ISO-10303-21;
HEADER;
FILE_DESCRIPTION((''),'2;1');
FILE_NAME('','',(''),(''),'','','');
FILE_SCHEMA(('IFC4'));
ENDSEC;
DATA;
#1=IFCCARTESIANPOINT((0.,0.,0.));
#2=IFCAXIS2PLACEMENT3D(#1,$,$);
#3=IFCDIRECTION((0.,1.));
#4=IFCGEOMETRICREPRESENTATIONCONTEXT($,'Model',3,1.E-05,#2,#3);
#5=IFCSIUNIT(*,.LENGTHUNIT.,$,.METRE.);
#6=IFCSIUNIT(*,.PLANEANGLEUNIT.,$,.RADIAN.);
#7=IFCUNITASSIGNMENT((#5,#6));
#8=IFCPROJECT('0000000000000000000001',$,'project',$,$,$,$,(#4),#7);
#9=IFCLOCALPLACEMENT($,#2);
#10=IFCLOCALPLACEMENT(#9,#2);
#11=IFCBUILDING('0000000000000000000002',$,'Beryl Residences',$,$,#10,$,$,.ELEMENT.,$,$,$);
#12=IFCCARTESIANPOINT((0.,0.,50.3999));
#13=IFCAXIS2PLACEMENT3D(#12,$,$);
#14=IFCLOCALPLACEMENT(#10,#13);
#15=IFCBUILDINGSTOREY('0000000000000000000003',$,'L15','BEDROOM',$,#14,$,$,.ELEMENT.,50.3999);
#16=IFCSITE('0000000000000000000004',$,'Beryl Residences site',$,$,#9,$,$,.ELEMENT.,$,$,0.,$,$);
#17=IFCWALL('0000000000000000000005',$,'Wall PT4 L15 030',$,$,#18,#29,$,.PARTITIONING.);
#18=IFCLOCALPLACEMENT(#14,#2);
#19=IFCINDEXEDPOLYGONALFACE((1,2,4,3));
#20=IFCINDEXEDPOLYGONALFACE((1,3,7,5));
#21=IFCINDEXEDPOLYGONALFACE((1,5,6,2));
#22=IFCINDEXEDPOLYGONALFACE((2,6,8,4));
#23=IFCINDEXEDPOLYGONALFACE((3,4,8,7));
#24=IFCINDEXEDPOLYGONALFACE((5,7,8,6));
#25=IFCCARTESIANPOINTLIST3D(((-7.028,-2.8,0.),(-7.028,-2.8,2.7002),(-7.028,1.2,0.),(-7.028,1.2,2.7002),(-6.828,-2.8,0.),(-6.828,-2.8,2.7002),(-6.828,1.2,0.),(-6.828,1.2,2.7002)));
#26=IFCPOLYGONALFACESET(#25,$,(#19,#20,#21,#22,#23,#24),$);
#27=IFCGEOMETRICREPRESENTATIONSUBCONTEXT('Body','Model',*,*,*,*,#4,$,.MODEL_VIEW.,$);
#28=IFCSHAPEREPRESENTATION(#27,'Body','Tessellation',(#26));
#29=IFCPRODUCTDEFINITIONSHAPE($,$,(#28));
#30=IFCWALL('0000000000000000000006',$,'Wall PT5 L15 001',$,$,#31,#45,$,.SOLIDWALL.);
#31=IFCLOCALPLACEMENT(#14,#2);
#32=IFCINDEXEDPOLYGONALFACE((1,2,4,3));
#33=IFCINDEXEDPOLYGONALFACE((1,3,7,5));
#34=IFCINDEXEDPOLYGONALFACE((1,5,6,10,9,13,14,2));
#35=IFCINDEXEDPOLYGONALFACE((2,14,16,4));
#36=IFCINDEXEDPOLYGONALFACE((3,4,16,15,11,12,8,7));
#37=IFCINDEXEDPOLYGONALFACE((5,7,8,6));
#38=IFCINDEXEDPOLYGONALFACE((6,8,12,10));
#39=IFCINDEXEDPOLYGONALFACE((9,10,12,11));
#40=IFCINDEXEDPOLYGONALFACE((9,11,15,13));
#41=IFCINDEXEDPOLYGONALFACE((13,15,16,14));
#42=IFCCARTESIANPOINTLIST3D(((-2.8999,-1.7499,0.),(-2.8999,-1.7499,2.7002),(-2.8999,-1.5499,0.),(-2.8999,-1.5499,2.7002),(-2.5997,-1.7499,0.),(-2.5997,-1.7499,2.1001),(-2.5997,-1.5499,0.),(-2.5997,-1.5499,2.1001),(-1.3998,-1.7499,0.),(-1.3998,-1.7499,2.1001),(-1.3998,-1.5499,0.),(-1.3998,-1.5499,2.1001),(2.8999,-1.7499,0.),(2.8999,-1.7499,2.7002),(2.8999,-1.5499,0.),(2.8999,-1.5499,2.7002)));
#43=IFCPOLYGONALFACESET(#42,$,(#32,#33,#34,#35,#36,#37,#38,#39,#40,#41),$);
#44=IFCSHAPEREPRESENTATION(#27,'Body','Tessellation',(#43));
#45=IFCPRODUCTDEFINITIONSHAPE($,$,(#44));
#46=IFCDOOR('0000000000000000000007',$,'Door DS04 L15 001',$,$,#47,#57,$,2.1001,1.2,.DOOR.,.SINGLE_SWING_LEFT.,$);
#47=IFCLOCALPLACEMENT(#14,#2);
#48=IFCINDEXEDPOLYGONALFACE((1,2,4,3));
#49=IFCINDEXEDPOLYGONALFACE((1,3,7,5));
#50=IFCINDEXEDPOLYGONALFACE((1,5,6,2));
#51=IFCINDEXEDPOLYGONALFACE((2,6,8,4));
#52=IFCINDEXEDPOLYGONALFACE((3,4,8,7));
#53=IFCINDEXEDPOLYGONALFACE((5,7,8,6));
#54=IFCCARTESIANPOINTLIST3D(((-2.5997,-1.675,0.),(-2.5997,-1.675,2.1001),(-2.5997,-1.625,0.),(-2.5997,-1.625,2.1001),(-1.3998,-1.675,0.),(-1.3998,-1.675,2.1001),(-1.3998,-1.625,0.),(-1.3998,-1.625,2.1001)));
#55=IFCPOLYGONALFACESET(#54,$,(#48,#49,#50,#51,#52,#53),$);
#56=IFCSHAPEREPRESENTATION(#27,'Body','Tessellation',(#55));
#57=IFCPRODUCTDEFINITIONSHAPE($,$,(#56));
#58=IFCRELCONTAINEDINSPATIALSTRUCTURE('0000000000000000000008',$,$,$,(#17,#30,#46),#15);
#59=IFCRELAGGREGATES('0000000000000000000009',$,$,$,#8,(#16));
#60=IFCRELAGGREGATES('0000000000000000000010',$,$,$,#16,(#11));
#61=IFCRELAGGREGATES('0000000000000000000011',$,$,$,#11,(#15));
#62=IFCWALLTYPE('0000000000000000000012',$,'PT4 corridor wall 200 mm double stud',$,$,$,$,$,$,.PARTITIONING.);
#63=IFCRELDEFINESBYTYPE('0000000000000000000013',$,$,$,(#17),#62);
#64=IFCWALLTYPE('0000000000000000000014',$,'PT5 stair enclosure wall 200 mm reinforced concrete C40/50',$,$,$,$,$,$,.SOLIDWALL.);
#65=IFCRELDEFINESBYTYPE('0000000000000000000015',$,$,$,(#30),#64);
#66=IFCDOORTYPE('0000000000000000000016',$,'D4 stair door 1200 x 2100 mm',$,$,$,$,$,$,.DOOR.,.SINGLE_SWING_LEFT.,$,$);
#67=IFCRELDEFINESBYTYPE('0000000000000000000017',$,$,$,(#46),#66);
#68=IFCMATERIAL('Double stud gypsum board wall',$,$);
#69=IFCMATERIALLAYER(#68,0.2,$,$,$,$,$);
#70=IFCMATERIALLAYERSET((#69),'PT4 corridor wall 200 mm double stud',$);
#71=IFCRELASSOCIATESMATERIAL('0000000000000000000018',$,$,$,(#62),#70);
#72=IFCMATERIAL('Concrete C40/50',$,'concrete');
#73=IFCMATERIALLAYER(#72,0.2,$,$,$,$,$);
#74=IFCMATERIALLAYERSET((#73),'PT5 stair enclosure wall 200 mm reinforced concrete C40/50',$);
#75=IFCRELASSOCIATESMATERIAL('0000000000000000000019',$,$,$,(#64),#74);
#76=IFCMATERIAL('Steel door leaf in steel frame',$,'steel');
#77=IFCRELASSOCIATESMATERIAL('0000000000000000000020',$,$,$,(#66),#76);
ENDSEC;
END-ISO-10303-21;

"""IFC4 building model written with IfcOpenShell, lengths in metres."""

from ifc_helpers import new_model, si_unit, direction, frame, frame_2d, origin, place, context, subcontext, project, spatial, rectangle, extrude, material, layer, layer_set, type_object, element, fill, save


model = new_model("IFC4")

# Units and contexts
model_context = context("Model", 3, precision=1e-05, world=origin(), true_north=direction((0.0, 1.0)))
body_context = subcontext(model_context, "Body", "Model", "MODEL_VIEW")
ifc_project = project(units=[si_unit("LENGTHUNIT", "METRE"), si_unit("PLANEANGLEUNIT", "RADIAN")], contexts=[model_context])

# Site, building, storey
site_placement = place(None, origin())
site = spatial("IfcSite", under=ifc_project, at=site_placement, Name="Beryl Residences site", CompositionType="ELEMENT", RefElevation=0.0)
building_placement = place(site_placement, origin())
building = spatial("IfcBuilding", under=site, at=building_placement, Name="Beryl Residences", CompositionType="ELEMENT")
storey_placement = place(building_placement, frame((0.0, 0.0, 50.3999)))
storey = spatial("IfcBuildingStorey", under=building, at=storey_placement, Name="L15", Description="BEDROOM", CompositionType="ELEMENT", Elevation=50.3999)

# Wall
ifc_material_1 = material(Name="Double stud gypsum board wall")
ifc_layer_1 = layer(ifc_material_1, 0.2)
ifc_layer_set_1 = layer_set([ifc_layer_1], Name="PT4 corridor wall 200 mm double stud")
wall_type_1 = type_object("IfcWallType", Name="PT4 corridor wall 200 mm double stud", PredefinedType="PARTITIONING", material=ifc_layer_set_1)
wall_1_placement = place(storey_placement, frame((-6.928, -2.8, 0.0), z_axis=(0.0, 0.0, 1.0), x_axis=(0.0, 1.0, 0.0)))
element("IfcWall", 1, at=wall_1_placement, inside=storey, type_object=wall_type_1, Name="Wall PT4 L15 030", PredefinedType="PARTITIONING", context=body_context, shape_type="SweptSolid", body=[
    extrude(rectangle(XDim=4.0, YDim=0.2, at=frame_2d((2.0, 0.0))), origin(), (0.0, 0.0, 1.0), 2.7002),
])

# Wall, opening, door
ifc_material_2 = material(Name="Concrete C40/50", Category="concrete")
ifc_layer_2 = layer(ifc_material_2, 0.2)
ifc_layer_set_2 = layer_set([ifc_layer_2], Name="PT5 stair enclosure wall 200 mm reinforced concrete C40/50")
wall_type_2 = type_object("IfcWallType", Name="PT5 stair enclosure wall 200 mm reinforced concrete C40/50", PredefinedType="SOLIDWALL", material=ifc_layer_set_2)
wall_2_placement = place(storey_placement, frame((-2.8999, -1.6499, 0.0), z_axis=(0.0, 0.0, 1.0), x_axis=(1.0, 0.0, 0.0)))
wall_2 = element("IfcWall", 2, at=wall_2_placement, inside=storey, type_object=wall_type_2, Name="Wall PT5 L15 001", PredefinedType="SOLIDWALL", context=body_context, shape_type="SweptSolid", body=[
    extrude(rectangle(XDim=5.7998, YDim=0.2, at=frame_2d((2.8999, 0.0))), origin(), (0.0, 0.0, 1.0), 2.7002),
])
opening_1_placement = place(wall_2_placement, frame((0.3, 0.0, 0.0)))
opening_1 = element("IfcOpeningElement", 3, at=opening_1_placement, cuts=wall_2, PredefinedType="OPENING", context=body_context, shape_type="SweptSolid", body=[
    extrude(rectangle(XDim=1.2, YDim=2.1001, at=frame_2d((0.6001, 1.05))), frame((0.0, 0.1099, 0.0), z_axis=(0.0, -1.0, 0.0), x_axis=(1.0, 0.0, 0.0)), (0.0, 0.0, 1.0), 0.22),
])
ifc_material_3 = material(Name="Steel door leaf in steel frame", Category="steel")
door_type_1 = type_object("IfcDoorType", Name="D4 stair door 1200 x 2100 mm", OperationType="SINGLE_SWING_LEFT", PredefinedType="DOOR", material=ifc_material_3)
door_1_placement = place(opening_1_placement, origin())
door_1 = element("IfcDoor", 4, at=door_1_placement, inside=storey, type_object=door_type_1, Name="Door DS04 L15 001", OperationType="SINGLE_SWING_LEFT", OverallHeight=2.1001, OverallWidth=1.2, PredefinedType="DOOR", context=body_context, shape_type="SweptSolid", body=[
    extrude(rectangle(XDim=1.2, YDim=2.1001, at=frame_2d((0.6001, 1.05))), frame((0.0, 0.0249, 0.0), z_axis=(0.0, -1.0, 0.0), x_axis=(1.0, 0.0, 0.0)), (0.0, 0.0, 1.0), 0.05),
])
fill(opening_1, door_1)

save(model, "model.ifc")
